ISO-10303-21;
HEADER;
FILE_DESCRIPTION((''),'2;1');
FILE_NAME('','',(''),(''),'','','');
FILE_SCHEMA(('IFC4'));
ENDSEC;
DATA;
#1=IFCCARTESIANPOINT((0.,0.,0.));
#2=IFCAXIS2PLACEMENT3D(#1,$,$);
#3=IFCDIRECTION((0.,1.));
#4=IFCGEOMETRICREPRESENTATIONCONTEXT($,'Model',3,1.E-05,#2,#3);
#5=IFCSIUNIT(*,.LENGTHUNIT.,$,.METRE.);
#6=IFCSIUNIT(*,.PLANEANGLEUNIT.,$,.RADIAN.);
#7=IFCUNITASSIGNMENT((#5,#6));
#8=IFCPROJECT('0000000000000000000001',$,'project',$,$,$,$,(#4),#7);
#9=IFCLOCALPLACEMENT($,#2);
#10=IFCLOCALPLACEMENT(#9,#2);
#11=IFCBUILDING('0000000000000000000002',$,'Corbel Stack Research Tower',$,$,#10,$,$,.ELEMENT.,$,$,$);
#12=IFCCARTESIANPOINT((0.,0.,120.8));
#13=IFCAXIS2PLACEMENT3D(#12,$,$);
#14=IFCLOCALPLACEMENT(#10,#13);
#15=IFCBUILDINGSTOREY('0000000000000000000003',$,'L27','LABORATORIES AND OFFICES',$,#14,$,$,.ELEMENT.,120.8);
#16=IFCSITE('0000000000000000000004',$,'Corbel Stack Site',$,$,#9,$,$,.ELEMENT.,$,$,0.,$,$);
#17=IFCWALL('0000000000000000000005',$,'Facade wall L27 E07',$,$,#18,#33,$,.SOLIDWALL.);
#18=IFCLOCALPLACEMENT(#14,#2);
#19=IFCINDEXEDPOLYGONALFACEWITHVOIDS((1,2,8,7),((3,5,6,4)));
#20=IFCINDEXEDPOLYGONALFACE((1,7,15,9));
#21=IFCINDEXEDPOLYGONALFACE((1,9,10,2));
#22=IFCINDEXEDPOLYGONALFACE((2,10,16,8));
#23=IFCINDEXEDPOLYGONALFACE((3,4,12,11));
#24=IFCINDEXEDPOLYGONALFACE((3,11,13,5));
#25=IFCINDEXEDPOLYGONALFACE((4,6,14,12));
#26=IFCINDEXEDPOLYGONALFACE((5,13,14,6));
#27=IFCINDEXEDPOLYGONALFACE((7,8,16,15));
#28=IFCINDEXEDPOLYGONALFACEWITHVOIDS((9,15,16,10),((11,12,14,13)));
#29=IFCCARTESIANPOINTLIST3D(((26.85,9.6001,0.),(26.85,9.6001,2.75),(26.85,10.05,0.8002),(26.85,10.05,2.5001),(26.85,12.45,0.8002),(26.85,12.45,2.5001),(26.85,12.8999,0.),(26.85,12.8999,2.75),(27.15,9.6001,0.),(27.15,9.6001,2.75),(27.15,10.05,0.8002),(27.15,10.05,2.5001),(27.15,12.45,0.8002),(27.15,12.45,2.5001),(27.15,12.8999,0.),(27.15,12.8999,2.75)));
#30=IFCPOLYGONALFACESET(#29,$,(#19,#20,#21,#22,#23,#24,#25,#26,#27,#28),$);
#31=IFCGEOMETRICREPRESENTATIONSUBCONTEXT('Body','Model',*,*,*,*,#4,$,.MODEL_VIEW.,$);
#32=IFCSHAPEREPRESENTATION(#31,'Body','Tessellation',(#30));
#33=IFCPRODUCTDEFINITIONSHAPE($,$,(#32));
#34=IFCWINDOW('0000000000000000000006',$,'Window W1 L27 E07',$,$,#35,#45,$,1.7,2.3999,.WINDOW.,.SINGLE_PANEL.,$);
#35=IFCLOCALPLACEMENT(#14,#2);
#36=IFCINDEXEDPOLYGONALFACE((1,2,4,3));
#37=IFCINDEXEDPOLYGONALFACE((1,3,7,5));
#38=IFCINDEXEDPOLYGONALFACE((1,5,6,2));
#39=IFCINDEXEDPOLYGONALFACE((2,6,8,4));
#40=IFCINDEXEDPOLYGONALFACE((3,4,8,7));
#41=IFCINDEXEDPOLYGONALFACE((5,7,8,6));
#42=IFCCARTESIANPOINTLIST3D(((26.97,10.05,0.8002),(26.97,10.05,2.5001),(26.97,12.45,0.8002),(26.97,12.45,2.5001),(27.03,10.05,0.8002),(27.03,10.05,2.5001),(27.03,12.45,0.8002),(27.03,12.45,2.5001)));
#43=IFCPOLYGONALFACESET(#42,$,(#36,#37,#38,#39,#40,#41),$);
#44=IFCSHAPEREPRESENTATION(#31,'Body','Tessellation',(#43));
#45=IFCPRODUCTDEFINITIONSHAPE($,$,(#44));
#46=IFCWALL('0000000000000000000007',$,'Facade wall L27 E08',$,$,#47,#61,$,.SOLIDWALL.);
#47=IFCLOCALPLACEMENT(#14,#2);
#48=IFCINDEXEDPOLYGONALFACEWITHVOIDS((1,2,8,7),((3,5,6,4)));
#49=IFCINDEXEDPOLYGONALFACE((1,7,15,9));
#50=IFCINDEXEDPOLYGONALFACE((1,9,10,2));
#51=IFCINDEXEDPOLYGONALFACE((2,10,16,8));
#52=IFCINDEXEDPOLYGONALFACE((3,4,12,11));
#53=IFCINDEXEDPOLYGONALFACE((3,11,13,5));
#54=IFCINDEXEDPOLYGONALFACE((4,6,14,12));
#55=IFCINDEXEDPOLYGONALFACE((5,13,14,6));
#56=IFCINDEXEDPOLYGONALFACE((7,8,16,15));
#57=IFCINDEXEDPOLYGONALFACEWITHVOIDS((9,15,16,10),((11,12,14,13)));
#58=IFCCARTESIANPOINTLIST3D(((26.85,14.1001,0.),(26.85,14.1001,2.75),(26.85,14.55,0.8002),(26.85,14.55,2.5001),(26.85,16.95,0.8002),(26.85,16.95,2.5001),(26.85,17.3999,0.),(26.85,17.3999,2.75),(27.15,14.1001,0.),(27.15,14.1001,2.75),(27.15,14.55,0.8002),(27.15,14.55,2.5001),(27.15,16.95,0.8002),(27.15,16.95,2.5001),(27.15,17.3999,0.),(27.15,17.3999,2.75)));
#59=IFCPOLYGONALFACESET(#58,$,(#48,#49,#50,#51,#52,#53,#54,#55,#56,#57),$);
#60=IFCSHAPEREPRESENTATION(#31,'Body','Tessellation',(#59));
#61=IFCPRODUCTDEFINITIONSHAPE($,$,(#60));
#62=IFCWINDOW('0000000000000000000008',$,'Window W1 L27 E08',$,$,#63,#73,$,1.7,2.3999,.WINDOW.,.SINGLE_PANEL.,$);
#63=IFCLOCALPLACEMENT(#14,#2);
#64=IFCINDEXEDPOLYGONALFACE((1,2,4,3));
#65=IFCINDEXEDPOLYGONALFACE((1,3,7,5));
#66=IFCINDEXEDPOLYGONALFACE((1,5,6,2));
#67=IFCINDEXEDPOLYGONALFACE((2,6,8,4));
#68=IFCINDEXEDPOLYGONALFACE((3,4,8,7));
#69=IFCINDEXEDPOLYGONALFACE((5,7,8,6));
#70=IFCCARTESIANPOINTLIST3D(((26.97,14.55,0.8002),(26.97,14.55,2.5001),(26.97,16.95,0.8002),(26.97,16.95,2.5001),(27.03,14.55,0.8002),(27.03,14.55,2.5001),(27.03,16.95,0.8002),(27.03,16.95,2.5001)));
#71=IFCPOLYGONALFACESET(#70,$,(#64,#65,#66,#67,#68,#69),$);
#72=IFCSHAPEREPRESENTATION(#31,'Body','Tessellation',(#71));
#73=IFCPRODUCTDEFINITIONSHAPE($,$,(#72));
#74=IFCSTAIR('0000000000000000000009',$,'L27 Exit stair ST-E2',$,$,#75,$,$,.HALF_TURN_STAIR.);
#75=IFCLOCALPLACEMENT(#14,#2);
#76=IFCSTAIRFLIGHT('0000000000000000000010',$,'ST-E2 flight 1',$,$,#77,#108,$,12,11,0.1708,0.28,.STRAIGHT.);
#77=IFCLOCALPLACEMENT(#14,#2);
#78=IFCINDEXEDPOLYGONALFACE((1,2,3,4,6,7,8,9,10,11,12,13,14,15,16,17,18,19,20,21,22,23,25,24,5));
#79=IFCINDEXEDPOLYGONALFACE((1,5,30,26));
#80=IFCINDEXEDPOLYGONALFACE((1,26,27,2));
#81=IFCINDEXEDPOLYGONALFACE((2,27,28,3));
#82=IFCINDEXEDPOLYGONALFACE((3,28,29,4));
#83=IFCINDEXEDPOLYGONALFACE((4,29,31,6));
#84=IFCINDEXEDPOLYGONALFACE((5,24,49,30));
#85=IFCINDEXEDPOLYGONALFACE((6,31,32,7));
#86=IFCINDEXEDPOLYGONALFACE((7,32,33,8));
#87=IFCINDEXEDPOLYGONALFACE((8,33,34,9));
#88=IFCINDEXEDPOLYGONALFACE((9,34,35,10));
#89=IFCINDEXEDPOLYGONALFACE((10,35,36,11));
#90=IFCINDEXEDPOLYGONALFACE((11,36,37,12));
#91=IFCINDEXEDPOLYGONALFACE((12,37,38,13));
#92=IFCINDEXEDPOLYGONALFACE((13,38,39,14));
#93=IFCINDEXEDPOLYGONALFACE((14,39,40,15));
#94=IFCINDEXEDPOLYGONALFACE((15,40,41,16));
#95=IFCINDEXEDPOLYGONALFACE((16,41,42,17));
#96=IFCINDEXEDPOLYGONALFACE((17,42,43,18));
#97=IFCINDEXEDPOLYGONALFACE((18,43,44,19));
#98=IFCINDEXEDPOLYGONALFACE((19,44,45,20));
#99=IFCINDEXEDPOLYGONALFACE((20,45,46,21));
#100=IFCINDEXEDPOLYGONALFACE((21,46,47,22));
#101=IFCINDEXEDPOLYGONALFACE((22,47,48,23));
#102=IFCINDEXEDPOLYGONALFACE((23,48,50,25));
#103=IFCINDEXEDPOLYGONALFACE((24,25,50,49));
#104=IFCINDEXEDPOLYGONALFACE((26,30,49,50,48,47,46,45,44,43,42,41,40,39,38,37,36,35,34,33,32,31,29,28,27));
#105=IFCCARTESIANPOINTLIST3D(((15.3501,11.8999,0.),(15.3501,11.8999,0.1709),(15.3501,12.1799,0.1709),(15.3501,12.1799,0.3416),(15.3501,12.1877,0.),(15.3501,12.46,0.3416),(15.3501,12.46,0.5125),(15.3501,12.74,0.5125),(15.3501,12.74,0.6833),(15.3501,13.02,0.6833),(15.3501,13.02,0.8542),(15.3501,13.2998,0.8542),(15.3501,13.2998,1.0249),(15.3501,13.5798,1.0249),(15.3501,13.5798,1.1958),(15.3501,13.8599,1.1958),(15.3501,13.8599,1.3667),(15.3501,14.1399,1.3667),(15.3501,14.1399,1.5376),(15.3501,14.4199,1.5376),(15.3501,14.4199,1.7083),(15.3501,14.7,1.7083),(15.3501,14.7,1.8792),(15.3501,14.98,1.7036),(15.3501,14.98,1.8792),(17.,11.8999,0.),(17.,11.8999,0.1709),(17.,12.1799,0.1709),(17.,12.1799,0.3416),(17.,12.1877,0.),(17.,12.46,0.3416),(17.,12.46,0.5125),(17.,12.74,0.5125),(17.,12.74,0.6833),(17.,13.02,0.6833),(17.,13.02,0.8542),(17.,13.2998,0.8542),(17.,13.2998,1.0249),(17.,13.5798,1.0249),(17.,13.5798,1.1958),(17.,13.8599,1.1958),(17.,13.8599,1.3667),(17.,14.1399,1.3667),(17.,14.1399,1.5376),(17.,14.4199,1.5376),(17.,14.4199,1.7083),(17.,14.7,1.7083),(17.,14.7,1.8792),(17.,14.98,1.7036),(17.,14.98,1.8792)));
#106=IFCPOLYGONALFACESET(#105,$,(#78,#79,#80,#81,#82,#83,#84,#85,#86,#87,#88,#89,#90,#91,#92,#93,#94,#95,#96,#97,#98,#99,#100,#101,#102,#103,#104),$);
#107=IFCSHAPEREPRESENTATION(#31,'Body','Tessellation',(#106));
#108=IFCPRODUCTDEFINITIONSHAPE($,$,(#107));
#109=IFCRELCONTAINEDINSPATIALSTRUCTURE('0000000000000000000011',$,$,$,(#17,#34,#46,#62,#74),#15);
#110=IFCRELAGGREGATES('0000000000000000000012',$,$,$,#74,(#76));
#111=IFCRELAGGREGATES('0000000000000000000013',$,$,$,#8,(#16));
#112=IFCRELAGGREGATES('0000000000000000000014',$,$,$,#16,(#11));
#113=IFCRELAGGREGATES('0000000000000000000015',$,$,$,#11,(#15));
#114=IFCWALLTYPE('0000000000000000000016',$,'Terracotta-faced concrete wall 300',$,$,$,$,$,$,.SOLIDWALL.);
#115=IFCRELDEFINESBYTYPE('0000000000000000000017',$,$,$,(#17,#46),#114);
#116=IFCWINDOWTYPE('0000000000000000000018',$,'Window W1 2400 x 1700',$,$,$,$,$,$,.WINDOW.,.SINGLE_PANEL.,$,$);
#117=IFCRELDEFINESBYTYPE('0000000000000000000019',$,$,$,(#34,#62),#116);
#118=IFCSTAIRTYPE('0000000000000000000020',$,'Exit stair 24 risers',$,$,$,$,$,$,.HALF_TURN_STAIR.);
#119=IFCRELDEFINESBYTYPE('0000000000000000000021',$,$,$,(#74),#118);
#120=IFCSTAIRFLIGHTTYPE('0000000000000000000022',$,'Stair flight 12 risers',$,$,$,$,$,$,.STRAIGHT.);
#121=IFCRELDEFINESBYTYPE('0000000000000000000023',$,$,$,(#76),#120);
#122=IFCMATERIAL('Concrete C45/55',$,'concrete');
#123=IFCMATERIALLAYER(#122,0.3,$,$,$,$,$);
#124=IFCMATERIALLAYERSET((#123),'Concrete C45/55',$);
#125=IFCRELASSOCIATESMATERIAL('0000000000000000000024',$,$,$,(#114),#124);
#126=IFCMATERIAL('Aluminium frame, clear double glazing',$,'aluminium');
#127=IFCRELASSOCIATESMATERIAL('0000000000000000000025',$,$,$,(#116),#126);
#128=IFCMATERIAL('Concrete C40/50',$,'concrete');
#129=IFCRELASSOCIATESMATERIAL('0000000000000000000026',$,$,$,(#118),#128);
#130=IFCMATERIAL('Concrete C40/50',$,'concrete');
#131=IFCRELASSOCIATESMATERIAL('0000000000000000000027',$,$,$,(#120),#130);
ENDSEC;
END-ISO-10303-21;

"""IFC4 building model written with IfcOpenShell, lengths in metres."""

from ifc_helpers import new_model, si_unit, direction, frame, frame_2d, origin, place, context, subcontext, project, spatial, polyline, rectangle, outline, extrude, material, layer, layer_set, type_object, element, fill, aggregate, save


model = new_model("IFC4")

# Units and contexts
model_context = context("Model", 3, precision=1e-05, world=origin(), true_north=direction((0.0, 1.0)))
body_context = subcontext(model_context, "Body", "Model", "MODEL_VIEW")
ifc_project = project(units=[si_unit("LENGTHUNIT", "METRE"), si_unit("PLANEANGLEUNIT", "RADIAN")], contexts=[model_context])

# Site, building, storey
site_placement = place(None, origin())
site = spatial("IfcSite", under=ifc_project, at=site_placement, Name="Corbel Stack Site", CompositionType="ELEMENT", RefElevation=0.0)
building_placement = place(site_placement, origin())
building = spatial("IfcBuilding", under=site, at=building_placement, Name="Corbel Stack Research Tower", CompositionType="ELEMENT")
storey_placement = place(building_placement, frame((0.0, 0.0, 120.8)))
storey = spatial("IfcBuildingStorey", under=building, at=storey_placement, Name="L27", Description="LABORATORIES AND OFFICES", CompositionType="ELEMENT", Elevation=120.8)

# Walls, openings, windows
ifc_material_1 = material(Name="Concrete C45/55", Category="concrete")
ifc_layer_1 = layer(ifc_material_1, 0.3)
ifc_layer_set_1 = layer_set([ifc_layer_1], Name="Concrete C45/55")
wall_type_1 = type_object("IfcWallType", Name="Terracotta-faced concrete wall 300", PredefinedType="SOLIDWALL", material=ifc_layer_set_1)
ifc_material_2 = material(Name="Aluminium frame, clear double glazing", Category="aluminium")
window_type = type_object("IfcWindowType", Name="Window W1 2400 x 1700", PartitioningType="SINGLE_PANEL", PredefinedType="WINDOW", material=ifc_material_2)
wall_1_placement = place(storey_placement, frame((27.0, 12.8999, 0.0), z_axis=(0.0, 0.0, 1.0), x_axis=(0.0, -1.0, 0.0)))
wall_1 = element("IfcWall", 1, at=wall_1_placement, inside=storey, type_object=wall_type_1, Name="Facade wall L27 E07", PredefinedType="SOLIDWALL", context=body_context, shape_type="SweptSolid", body=[
    extrude(rectangle(XDim=3.2998, YDim=0.3, at=frame_2d((1.6499, 0.0))), origin(), (0.0, 0.0, 1.0), 2.75),
])
opening_1_placement = place(wall_1_placement, frame((0.45, 0.0, 0.8)))
opening_1 = element("IfcOpeningElement", 2, at=opening_1_placement, cuts=wall_1, PredefinedType="OPENING", context=body_context, shape_type="SweptSolid", body=[
    extrude(rectangle(XDim=2.3999, YDim=1.7, at=frame_2d((1.2, 0.8501))), frame((0.0, 0.1599, 0.0), z_axis=(0.0, -1.0, 0.0), x_axis=(1.0, 0.0, 0.0)), (0.0, 0.0, 1.0), 0.3201),
])
window_1_placement = place(opening_1_placement, origin())
window_1 = element("IfcWindow", 3, at=window_1_placement, inside=storey, type_object=window_type, Name="Window W1 L27 E07", OverallHeight=1.7, OverallWidth=2.3999, PartitioningType="SINGLE_PANEL", PredefinedType="WINDOW", context=body_context, shape_type="SweptSolid", body=[
    extrude(rectangle(XDim=2.3999, YDim=1.7, at=frame_2d((1.2, 0.8501))), frame((0.0, 0.03, 0.0), z_axis=(0.0, -1.0, 0.0), x_axis=(1.0, 0.0, 0.0)), (0.0, 0.0, 1.0), 0.0601),
])
fill(opening_1, window_1)
wall_2_placement = place(storey_placement, frame((27.0, 17.3999, 0.0), z_axis=(0.0, 0.0, 1.0), x_axis=(0.0, -1.0, 0.0)))
wall_2 = element("IfcWall", 4, at=wall_2_placement, inside=storey, type_object=wall_type_1, Name="Facade wall L27 E08", PredefinedType="SOLIDWALL", context=body_context, shape_type="SweptSolid", body=[
    extrude(rectangle(XDim=3.2998, YDim=0.3, at=frame_2d((1.6499, 0.0))), origin(), (0.0, 0.0, 1.0), 2.75),
])
opening_2_placement = place(wall_2_placement, frame((0.45, 0.0, 0.8)))
opening_2 = element("IfcOpeningElement", 5, at=opening_2_placement, cuts=wall_2, PredefinedType="OPENING", context=body_context, shape_type="SweptSolid", body=[
    extrude(rectangle(XDim=2.3999, YDim=1.7, at=frame_2d((1.2, 0.8501))), frame((0.0, 0.1599, 0.0), z_axis=(0.0, -1.0, 0.0), x_axis=(1.0, 0.0, 0.0)), (0.0, 0.0, 1.0), 0.3201),
])
window_2_placement = place(opening_2_placement, origin())
window_2 = element("IfcWindow", 6, at=window_2_placement, inside=storey, type_object=window_type, Name="Window W1 L27 E08", OverallHeight=1.7, OverallWidth=2.3999, PartitioningType="SINGLE_PANEL", PredefinedType="WINDOW", context=body_context, shape_type="SweptSolid", body=[
    extrude(rectangle(XDim=2.3999, YDim=1.7, at=frame_2d((1.2, 0.8501))), frame((0.0, 0.03, 0.0), z_axis=(0.0, -1.0, 0.0), x_axis=(1.0, 0.0, 0.0)), (0.0, 0.0, 1.0), 0.0601),
])
fill(opening_2, window_2)

# Stair, stair flight
ifc_material_3 = material(Name="Concrete C40/50", Category="concrete")
stair_type = type_object("IfcStairType", Name="Exit stair 24 risers", PredefinedType="HALF_TURN_STAIR", material=ifc_material_3)
stair_placement = place(storey_placement, origin())
stair = element("IfcStair", 7, at=stair_placement, inside=storey, type_object=stair_type, Name="L27 Exit stair ST-E2", PredefinedType="HALF_TURN_STAIR")
ifc_material_4 = material(Name="Concrete C40/50", Category="concrete")
stair_flight_type = type_object("IfcStairFlightType", Name="Stair flight 12 risers", PredefinedType="STRAIGHT", material=ifc_material_4)
stair_flight_placement = place(storey_placement, frame((16.175, 11.8999, 0.0), z_axis=(0.0, 0.0, 1.0), x_axis=(0.0, 1.0, 0.0)))
stair_flight = element("IfcStairFlight", 8, at=stair_flight_placement, type_object=stair_flight_type, Name="ST-E2 flight 1", NumberOfRisers=12, NumberOfTreads=11, PredefinedType="STRAIGHT", RiserHeight=0.1708, TreadLength=0.28, context=body_context, shape_type="SweptSolid", body=[
    extrude(outline(polyline([(0.0, 0.0), (0.0, 0.1709), (0.28, 0.1709), (0.28, 0.3416), (0.5601, 0.3416), (0.5601, 0.5125), (0.8401, 0.5125), (0.8401, 0.6833), (1.1201, 0.6833), (1.1201, 0.8542), (1.3999, 0.8542), (1.3999, 1.0249), (1.6799, 1.0249), (1.6799, 1.1958), (1.96, 1.1958), (1.96, 1.3667), (2.24, 1.3667), (2.24, 1.5376), (2.52, 1.5376), (2.52, 1.7083), (2.8, 1.7083), (2.8, 1.8792), (3.0801, 1.8792), (3.0801, 2.05), (3.0801, 1.7036), (0.2878, 0.0), (0.0, 0.0)])), frame((0.0, 0.825, 0.0), z_axis=(0.0, -1.0, 0.0), x_axis=(1.0, 0.0, 0.0)), (0.0, 0.0, 1.0), 1.6499),
])
aggregate(stair, [stair_flight])

save(model, "model.ifc")
